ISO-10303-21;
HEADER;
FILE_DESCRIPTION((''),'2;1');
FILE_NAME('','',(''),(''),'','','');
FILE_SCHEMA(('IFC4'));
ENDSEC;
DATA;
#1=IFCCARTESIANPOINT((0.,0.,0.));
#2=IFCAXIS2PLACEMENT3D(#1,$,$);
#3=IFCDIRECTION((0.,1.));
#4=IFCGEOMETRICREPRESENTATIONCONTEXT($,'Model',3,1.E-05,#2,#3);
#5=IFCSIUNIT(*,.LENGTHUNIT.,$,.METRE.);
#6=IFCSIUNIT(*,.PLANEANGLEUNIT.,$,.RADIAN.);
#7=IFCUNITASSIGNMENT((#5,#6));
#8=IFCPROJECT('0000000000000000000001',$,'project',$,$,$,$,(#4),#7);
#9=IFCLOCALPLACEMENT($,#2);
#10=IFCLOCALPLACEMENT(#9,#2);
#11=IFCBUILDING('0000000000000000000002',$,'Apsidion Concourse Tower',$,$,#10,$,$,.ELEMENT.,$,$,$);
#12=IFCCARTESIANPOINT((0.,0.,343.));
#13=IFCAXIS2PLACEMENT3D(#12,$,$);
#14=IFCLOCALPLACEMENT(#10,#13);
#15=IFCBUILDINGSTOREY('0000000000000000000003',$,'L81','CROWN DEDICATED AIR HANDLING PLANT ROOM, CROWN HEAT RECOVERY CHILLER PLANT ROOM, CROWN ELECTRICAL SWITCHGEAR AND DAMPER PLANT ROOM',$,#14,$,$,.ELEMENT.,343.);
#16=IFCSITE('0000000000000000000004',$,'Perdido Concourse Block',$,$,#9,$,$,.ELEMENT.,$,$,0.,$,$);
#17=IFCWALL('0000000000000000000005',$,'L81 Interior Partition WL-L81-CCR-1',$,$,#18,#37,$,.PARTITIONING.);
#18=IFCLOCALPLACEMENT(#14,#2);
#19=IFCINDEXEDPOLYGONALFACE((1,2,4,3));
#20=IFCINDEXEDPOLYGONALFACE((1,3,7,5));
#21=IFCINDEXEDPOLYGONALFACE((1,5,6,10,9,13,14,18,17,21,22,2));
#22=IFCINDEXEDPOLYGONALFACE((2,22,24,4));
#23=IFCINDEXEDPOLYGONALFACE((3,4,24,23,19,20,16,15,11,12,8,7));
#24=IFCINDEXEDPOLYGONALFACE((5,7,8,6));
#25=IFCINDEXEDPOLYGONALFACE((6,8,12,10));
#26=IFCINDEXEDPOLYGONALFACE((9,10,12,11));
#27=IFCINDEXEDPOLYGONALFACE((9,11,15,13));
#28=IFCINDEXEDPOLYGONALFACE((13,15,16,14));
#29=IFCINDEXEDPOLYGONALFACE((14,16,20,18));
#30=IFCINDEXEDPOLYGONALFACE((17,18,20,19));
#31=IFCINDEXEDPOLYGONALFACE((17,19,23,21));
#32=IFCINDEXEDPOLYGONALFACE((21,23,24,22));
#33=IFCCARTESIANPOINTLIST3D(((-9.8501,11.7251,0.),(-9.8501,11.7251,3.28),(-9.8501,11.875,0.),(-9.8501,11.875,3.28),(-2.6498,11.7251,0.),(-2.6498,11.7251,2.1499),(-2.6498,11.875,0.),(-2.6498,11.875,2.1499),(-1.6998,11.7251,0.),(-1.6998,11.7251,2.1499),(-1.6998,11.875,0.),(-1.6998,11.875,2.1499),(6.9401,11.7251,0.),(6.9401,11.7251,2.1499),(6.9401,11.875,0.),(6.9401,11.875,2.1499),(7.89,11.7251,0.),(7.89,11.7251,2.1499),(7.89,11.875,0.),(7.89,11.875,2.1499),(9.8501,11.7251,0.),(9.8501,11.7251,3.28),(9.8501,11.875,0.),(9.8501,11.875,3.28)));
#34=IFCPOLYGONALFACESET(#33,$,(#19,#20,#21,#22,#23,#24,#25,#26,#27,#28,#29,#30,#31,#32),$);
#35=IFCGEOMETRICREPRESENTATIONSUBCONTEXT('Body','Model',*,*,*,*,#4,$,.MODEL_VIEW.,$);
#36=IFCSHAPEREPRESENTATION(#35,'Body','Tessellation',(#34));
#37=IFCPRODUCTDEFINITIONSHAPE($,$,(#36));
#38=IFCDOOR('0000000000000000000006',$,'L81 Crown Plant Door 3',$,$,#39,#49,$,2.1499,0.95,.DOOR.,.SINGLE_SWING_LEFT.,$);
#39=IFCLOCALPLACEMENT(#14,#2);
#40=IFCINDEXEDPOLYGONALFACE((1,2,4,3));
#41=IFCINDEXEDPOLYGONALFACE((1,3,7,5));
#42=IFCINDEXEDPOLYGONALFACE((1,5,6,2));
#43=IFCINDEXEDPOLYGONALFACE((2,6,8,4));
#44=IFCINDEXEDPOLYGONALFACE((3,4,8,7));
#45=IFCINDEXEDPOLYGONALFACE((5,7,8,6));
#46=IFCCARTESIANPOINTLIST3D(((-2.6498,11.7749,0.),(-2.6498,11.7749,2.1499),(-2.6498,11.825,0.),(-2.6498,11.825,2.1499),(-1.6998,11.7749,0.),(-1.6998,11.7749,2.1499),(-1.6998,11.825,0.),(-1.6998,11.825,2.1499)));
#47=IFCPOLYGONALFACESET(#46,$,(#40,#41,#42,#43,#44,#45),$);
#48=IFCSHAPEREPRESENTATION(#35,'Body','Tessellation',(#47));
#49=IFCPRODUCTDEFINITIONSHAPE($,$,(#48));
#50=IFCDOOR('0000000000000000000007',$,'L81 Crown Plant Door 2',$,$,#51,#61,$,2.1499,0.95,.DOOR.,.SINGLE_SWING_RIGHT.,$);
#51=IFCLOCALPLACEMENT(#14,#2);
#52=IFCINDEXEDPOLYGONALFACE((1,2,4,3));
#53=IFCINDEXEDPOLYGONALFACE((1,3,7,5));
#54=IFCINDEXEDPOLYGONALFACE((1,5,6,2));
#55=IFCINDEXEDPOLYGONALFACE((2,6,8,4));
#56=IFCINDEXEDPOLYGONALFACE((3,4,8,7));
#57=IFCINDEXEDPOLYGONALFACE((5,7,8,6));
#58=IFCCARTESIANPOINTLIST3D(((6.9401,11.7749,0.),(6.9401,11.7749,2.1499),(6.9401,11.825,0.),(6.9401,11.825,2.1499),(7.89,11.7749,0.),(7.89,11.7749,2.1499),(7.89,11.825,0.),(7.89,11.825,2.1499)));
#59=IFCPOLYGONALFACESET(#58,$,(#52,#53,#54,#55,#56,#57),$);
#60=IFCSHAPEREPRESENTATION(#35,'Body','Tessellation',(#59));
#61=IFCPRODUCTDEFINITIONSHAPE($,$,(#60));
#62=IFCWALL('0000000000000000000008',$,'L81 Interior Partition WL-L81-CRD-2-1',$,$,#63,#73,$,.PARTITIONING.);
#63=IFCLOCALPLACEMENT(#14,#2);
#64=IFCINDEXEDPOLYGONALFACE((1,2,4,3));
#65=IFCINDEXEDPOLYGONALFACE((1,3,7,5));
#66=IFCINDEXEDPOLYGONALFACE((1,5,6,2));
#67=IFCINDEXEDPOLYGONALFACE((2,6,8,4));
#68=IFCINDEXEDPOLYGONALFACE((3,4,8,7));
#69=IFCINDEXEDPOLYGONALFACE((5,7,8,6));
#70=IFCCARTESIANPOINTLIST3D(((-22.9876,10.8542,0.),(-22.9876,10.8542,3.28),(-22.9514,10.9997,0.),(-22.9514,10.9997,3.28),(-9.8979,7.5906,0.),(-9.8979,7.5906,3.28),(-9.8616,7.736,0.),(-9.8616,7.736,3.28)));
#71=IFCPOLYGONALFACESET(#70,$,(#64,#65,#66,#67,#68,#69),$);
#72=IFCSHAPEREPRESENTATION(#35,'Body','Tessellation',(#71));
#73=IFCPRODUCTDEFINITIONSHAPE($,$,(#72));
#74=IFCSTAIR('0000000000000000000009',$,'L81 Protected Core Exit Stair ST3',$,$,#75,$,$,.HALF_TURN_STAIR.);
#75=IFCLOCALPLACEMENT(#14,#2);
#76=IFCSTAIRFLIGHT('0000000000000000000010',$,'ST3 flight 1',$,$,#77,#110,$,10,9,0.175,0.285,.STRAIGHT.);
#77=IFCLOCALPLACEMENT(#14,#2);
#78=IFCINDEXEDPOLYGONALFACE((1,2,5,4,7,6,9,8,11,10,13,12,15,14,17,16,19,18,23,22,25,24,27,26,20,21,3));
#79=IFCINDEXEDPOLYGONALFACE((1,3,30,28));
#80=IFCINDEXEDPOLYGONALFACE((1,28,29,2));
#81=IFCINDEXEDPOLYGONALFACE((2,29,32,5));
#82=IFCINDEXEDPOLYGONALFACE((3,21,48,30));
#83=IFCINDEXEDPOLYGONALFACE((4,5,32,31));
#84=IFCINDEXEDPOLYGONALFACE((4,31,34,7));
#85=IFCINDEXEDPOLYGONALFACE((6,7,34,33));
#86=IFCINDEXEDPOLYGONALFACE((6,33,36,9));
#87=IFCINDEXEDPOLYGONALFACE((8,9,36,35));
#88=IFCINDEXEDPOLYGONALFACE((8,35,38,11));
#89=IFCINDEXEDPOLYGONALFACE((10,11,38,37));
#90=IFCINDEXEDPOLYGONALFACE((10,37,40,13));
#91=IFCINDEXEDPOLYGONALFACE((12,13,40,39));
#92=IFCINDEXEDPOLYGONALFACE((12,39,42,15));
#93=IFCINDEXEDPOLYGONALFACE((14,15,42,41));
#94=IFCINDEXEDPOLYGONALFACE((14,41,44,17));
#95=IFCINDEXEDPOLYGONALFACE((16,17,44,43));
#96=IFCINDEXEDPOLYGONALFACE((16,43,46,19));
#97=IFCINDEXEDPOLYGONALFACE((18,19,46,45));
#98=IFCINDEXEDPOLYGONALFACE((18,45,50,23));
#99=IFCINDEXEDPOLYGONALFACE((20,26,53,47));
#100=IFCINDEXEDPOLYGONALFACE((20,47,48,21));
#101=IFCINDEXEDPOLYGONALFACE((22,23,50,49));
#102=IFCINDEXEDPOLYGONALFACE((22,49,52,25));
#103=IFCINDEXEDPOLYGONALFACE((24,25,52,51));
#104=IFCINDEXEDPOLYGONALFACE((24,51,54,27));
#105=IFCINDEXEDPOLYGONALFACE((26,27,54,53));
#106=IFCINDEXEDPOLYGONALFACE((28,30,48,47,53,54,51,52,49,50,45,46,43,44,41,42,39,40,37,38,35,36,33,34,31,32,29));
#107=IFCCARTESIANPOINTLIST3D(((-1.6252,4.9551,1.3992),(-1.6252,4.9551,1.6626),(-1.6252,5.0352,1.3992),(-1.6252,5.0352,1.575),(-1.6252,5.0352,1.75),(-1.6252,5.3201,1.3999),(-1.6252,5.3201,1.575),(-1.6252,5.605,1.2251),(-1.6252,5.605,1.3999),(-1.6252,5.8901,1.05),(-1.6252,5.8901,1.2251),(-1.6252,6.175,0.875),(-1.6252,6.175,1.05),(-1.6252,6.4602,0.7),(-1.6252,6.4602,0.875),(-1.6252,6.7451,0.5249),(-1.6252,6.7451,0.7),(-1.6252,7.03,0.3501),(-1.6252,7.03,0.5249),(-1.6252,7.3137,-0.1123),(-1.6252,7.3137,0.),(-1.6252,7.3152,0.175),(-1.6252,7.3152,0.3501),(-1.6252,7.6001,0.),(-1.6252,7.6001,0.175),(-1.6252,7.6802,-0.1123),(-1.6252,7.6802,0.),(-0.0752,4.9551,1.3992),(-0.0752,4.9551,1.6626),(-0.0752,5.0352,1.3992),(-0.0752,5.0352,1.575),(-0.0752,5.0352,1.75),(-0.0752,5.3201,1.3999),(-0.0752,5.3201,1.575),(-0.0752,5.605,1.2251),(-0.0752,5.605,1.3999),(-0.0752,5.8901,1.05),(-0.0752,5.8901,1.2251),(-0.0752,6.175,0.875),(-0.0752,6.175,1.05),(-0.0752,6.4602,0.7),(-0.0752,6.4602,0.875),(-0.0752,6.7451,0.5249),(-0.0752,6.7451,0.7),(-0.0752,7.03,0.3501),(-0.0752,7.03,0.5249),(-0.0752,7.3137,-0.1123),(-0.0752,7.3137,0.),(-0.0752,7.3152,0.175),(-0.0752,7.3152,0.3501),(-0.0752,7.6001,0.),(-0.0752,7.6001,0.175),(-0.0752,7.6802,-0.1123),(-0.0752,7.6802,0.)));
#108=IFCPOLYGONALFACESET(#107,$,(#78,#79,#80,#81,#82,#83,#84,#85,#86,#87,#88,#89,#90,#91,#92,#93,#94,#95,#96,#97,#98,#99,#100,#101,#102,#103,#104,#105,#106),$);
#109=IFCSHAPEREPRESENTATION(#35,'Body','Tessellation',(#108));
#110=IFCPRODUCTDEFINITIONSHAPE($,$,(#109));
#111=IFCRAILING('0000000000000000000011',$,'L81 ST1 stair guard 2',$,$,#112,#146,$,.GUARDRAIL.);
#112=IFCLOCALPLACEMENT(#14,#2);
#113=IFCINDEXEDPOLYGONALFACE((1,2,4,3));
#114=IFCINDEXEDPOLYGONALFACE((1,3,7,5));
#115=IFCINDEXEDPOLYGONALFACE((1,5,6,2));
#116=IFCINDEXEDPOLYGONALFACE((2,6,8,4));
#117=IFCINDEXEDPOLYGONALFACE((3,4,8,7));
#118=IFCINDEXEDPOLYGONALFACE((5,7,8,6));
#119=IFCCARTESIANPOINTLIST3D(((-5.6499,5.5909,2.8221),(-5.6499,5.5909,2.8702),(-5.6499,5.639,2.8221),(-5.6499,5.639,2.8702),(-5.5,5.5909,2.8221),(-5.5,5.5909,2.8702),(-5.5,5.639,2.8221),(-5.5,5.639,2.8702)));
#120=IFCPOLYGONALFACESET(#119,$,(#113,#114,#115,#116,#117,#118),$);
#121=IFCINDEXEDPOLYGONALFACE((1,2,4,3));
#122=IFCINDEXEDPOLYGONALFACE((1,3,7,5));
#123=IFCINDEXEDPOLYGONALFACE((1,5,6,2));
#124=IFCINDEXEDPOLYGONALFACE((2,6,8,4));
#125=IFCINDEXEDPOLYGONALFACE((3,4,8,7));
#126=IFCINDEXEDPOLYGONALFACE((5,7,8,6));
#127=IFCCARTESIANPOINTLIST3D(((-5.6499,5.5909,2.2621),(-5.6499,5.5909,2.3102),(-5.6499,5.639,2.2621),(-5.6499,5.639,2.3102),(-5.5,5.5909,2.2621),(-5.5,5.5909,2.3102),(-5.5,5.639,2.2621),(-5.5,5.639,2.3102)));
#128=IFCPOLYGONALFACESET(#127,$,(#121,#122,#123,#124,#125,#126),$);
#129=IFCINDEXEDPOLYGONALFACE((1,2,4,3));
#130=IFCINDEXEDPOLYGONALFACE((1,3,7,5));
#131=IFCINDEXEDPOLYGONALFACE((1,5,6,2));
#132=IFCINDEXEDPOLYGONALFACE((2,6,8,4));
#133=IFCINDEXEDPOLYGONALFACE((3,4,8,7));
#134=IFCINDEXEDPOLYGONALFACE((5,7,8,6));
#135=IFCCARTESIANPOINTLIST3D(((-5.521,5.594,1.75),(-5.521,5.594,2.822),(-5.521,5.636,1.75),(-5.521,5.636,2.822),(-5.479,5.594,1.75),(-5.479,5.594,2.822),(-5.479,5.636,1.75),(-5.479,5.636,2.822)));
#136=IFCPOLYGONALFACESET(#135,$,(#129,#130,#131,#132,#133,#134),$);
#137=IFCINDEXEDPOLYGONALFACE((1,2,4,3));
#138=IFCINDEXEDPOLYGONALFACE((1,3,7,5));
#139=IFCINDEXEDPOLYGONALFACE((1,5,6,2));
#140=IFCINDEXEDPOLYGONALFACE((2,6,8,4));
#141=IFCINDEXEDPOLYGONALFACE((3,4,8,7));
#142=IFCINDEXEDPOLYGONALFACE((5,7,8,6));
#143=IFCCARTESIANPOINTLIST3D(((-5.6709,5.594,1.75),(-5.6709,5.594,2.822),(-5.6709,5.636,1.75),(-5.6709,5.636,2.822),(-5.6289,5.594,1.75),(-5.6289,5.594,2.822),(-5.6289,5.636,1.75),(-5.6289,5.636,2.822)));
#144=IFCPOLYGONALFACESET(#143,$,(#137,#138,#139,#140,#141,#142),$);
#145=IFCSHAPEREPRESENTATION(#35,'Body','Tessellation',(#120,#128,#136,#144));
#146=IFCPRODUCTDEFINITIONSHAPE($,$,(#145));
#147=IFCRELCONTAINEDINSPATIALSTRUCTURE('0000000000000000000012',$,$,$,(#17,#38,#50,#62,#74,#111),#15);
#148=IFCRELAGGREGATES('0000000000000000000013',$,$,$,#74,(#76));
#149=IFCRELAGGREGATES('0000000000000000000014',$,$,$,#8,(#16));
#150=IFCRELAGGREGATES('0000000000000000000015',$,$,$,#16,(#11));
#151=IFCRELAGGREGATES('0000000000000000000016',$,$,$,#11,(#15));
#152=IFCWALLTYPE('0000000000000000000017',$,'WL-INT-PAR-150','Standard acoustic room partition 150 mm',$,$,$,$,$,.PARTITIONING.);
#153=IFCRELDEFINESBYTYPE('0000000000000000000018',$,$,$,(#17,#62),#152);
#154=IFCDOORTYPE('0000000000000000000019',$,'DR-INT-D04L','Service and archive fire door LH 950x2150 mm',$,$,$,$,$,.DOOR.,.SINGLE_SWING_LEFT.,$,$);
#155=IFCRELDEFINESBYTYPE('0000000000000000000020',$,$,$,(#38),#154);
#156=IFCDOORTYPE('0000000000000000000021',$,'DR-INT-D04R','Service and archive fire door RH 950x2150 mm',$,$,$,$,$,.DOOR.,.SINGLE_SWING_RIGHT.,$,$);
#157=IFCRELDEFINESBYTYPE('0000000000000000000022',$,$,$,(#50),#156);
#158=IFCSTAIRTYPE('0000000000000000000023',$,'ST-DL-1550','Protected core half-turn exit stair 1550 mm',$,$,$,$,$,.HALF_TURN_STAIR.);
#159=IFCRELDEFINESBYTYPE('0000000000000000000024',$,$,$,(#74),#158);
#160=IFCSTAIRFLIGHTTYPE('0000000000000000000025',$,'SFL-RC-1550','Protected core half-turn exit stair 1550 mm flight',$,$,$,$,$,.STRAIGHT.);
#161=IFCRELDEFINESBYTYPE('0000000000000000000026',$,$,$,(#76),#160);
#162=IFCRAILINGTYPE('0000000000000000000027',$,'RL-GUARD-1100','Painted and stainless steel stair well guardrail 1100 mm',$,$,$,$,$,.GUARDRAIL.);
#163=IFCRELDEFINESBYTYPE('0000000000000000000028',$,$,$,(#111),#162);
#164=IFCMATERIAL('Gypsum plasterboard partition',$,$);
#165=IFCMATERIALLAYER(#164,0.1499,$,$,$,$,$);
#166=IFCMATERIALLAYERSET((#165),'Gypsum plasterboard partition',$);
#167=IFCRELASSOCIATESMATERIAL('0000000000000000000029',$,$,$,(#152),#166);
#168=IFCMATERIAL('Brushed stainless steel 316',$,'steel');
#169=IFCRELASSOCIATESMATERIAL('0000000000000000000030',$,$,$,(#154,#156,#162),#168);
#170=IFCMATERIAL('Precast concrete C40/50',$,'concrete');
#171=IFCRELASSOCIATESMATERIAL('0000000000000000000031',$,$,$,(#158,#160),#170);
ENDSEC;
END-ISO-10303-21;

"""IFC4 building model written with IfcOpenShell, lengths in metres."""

from ifc_helpers import new_model, si_unit, direction, frame, frame_2d, origin, origin_2d, place, context, subcontext, project, spatial, polyline, rectangle, outline, extrude, material, layer, layer_set, type_object, element, fill, aggregate, save


model = new_model("IFC4")

# Units and contexts
model_context = context("Model", 3, precision=1e-05, world=origin(), true_north=direction((0.0, 1.0)))
body_context = subcontext(model_context, "Body", "Model", "MODEL_VIEW")
ifc_project = project(units=[si_unit("LENGTHUNIT", "METRE"), si_unit("PLANEANGLEUNIT", "RADIAN")], contexts=[model_context])

# Site, building, storey
site_placement = place(None, origin())
site = spatial("IfcSite", under=ifc_project, at=site_placement, Name="Perdido Concourse Block", CompositionType="ELEMENT", RefElevation=0.0)
building_placement = place(site_placement, origin())
building = spatial("IfcBuilding", under=site, at=building_placement, Name="Apsidion Concourse Tower", CompositionType="ELEMENT")
storey_placement = place(building_placement, frame((0.0, 0.0, 343.0)))
storey = spatial("IfcBuildingStorey", under=building, at=storey_placement, Name="L81", Description="CROWN DEDICATED AIR HANDLING PLANT ROOM, CROWN HEAT RECOVERY CHILLER PLANT ROOM, CROWN ELECTRICAL SWITCHGEAR AND DAMPER PLANT ROOM", CompositionType="ELEMENT", Elevation=343.0)

# Shared definitions
ifc_material_1 = material(Name="Precast concrete C40/50", Category="concrete")

# Wall, openings, doors
ifc_material_2 = material(Name="Gypsum plasterboard partition")
ifc_layer_1 = layer(ifc_material_2, 0.1499)
ifc_layer_set_1 = layer_set([ifc_layer_1], Name="Gypsum plasterboard partition")
wall_type_1 = type_object("IfcWallType", Name="WL-INT-PAR-150", Description="Standard acoustic room partition 150 mm", PredefinedType="PARTITIONING", material=ifc_layer_set_1)
wall_1_placement = place(storey_placement, frame((-9.8501, 11.8, 0.0), z_axis=(0.0, 0.0, 1.0), x_axis=(1.0, 0.0, 0.0)))
wall_1 = element("IfcWall", 1, at=wall_1_placement, inside=storey, type_object=wall_type_1, Name="L81 Interior Partition WL-L81-CCR-1", PredefinedType="PARTITIONING", context=body_context, shape_type="SweptSolid", body=[
    extrude(rectangle(XDim=19.7002, YDim=0.1499, at=frame_2d((9.8501, 0.0))), origin(), (0.0, 0.0, 1.0), 3.28),
])
opening_1_placement = place(wall_1_placement, frame((16.79, 0.0, 0.0)))
opening_1 = element("IfcOpeningElement", 2, at=opening_1_placement, cuts=wall_1, PredefinedType="OPENING", context=body_context, shape_type="SweptSolid", body=[
    extrude(rectangle(XDim=0.95, YDim=2.1499, at=frame_2d((0.4751, 1.075))), frame((0.0, 0.085, 0.0), z_axis=(0.0, -1.0, 0.0), x_axis=(1.0, 0.0, 0.0)), (0.0, 0.0, 1.0), 0.1699),
])
opening_2_placement = place(wall_1_placement, frame((7.2002, 0.0, 0.0)))
opening_2 = element("IfcOpeningElement", 3, at=opening_2_placement, cuts=wall_1, PredefinedType="OPENING", context=body_context, shape_type="SweptSolid", body=[
    extrude(rectangle(XDim=0.95, YDim=2.1499, at=frame_2d((0.4751, 1.075))), frame((0.0, 0.085, 0.0), z_axis=(0.0, -1.0, 0.0), x_axis=(1.0, 0.0, 0.0)), (0.0, 0.0, 1.0), 0.1699),
])
ifc_material_3 = material(Name="Brushed stainless steel 316", Category="steel")
door_type_1 = type_object("IfcDoorType", Name="DR-INT-D04L", Description="Service and archive fire door LH 950x2150 mm", OperationType="SINGLE_SWING_LEFT", PredefinedType="DOOR", material=ifc_material_3)
door_1_placement = place(opening_2_placement, origin())
door_1 = element("IfcDoor", 4, at=door_1_placement, inside=storey, type_object=door_type_1, Name="L81 Crown Plant Door 3", OperationType="SINGLE_SWING_LEFT", OverallHeight=2.1499, OverallWidth=0.95, PredefinedType="DOOR", context=body_context, shape_type="SweptSolid", body=[
    extrude(rectangle(XDim=0.95, YDim=2.1499, at=frame_2d((0.4751, 1.075))), frame((0.0, 0.0249, 0.0), z_axis=(0.0, -1.0, 0.0), x_axis=(1.0, 0.0, 0.0)), (0.0, 0.0, 1.0), 0.05),
])
fill(opening_2, door_1)
door_type_2 = type_object("IfcDoorType", Name="DR-INT-D04R", Description="Service and archive fire door RH 950x2150 mm", OperationType="SINGLE_SWING_RIGHT", PredefinedType="DOOR", material=ifc_material_3)
door_2_placement = place(opening_1_placement, origin())
door_2 = element("IfcDoor", 5, at=door_2_placement, inside=storey, type_object=door_type_2, Name="L81 Crown Plant Door 2", OperationType="SINGLE_SWING_RIGHT", OverallHeight=2.1499, OverallWidth=0.95, PredefinedType="DOOR", context=body_context, shape_type="SweptSolid", body=[
    extrude(rectangle(XDim=0.95, YDim=2.1499, at=frame_2d((0.4751, 1.075))), frame((0.0, 0.0249, 0.0), z_axis=(0.0, -1.0, 0.0), x_axis=(1.0, 0.0, 0.0)), (0.0, 0.0, 1.0), 0.05),
])
fill(opening_1, door_2)

# Wall
wall_2_placement = place(storey_placement, frame((-9.8799, 7.6633, 0.0), z_axis=(0.0, 0.0, 1.0), x_axis=(-0.970296, 0.241922, 0.0)))
element("IfcWall", 6, at=wall_2_placement, inside=storey, type_object=wall_type_1, Name="L81 Interior Partition WL-L81-CRD-2-1", PredefinedType="PARTITIONING", context=body_context, shape_type="SweptSolid", body=[
    extrude(rectangle(XDim=13.4905, YDim=0.1499, at=frame_2d((6.7451, 0.0))), origin(), (0.0, 0.0, 1.0), 3.28),
])

# Stair, stair flight
stair_type = type_object("IfcStairType", Name="ST-DL-1550", Description="Protected core half-turn exit stair 1550 mm", PredefinedType="HALF_TURN_STAIR", material=ifc_material_1)
stair_placement = place(storey_placement, origin())
stair = element("IfcStair", 7, at=stair_placement, inside=storey, type_object=stair_type, Name="L81 Protected Core Exit Stair ST3", PredefinedType="HALF_TURN_STAIR")
stair_flight_type = type_object("IfcStairFlightType", Name="SFL-RC-1550", Description="Protected core half-turn exit stair 1550 mm flight", PredefinedType="STRAIGHT", material=ifc_material_1)
stair_flight_placement = place(storey_placement, frame((-0.8501, 7.6001, 0.0), z_axis=(0.0, 0.0, 1.0), x_axis=(0.0, -1.0, 0.0)))
stair_flight = element("IfcStairFlight", 8, at=stair_flight_placement, type_object=stair_flight_type, Name="ST3 flight 1", NumberOfRisers=10, NumberOfTreads=9, PredefinedType="STRAIGHT", RiserHeight=0.175, TreadLength=0.285, context=body_context, shape_type="SweptSolid", body=[
    extrude(outline(polyline([(-0.0801, -0.1123), (-0.0801, 0.0), (0.0, 0.0), (0.0, 0.175), (0.2849, 0.175), (0.2849, 0.3501), (0.5701, 0.3501), (0.5701, 0.5249), (0.855, 0.5249), (0.855, 0.7), (1.1399, 0.7), (1.1399, 0.875), (1.425, 0.875), (1.425, 1.05), (1.71, 1.05), (1.71, 1.2251), (1.9951, 1.2251), (1.9951, 1.3999), (2.28, 1.3999), (2.28, 1.575), (2.5649, 1.575), (2.5649, 1.75), (2.645, 1.6626), (2.645, 1.3992), (2.5649, 1.3992), (0.2864, 0.0), (0.2864, -0.1123), (-0.0801, -0.1123)])), frame((0.0, 0.7749, 0.0), z_axis=(0.0, -1.0, 0.0), x_axis=(1.0, 0.0, 0.0)), (0.0, 0.0, 1.0), 1.55),
])
aggregate(stair, [stair_flight])

# Railing
railing_type_1 = type_object("IfcRailingType", Name="RL-GUARD-1100", Description="Painted and stainless steel stair well guardrail 1100 mm", PredefinedType="GUARDRAIL", material=ifc_material_3)
railing_1_placement = place(storey_placement, frame((-5.5, 5.615, 1.75)))
element("IfcRailing", 9, at=railing_1_placement, inside=storey, type_object=railing_type_1, Name="L81 ST1 stair guard 2", PredefinedType="GUARDRAIL", context=body_context, shape_type="SweptSolid", body=[
    extrude(rectangle(XDim=0.0481, YDim=0.0481, at=origin_2d()), frame((0.0, 0.0, 1.0962), z_axis=(-1.0, 0.0, 0.0), x_axis=(0.0, -1.0, 0.0)), (0.0, 0.0, 1.0), 0.1499),
    extrude(rectangle(XDim=0.0481, YDim=0.0481, at=origin_2d()), frame((0.0, 0.0, 0.5361), z_axis=(-1.0, 0.0, 0.0), x_axis=(0.0, -1.0, 0.0)), (0.0, 0.0, 1.0), 0.1499),
    extrude(rectangle(XDim=0.042, YDim=0.042, at=origin_2d()), origin(), (0.0, 0.0, 1.0), 1.072),
    extrude(rectangle(XDim=0.042, YDim=0.042, at=origin_2d()), frame((-0.1499, 0.0, 0.0)), (0.0, 0.0, 1.0), 1.072),
])

save(model, "model.ifc")
